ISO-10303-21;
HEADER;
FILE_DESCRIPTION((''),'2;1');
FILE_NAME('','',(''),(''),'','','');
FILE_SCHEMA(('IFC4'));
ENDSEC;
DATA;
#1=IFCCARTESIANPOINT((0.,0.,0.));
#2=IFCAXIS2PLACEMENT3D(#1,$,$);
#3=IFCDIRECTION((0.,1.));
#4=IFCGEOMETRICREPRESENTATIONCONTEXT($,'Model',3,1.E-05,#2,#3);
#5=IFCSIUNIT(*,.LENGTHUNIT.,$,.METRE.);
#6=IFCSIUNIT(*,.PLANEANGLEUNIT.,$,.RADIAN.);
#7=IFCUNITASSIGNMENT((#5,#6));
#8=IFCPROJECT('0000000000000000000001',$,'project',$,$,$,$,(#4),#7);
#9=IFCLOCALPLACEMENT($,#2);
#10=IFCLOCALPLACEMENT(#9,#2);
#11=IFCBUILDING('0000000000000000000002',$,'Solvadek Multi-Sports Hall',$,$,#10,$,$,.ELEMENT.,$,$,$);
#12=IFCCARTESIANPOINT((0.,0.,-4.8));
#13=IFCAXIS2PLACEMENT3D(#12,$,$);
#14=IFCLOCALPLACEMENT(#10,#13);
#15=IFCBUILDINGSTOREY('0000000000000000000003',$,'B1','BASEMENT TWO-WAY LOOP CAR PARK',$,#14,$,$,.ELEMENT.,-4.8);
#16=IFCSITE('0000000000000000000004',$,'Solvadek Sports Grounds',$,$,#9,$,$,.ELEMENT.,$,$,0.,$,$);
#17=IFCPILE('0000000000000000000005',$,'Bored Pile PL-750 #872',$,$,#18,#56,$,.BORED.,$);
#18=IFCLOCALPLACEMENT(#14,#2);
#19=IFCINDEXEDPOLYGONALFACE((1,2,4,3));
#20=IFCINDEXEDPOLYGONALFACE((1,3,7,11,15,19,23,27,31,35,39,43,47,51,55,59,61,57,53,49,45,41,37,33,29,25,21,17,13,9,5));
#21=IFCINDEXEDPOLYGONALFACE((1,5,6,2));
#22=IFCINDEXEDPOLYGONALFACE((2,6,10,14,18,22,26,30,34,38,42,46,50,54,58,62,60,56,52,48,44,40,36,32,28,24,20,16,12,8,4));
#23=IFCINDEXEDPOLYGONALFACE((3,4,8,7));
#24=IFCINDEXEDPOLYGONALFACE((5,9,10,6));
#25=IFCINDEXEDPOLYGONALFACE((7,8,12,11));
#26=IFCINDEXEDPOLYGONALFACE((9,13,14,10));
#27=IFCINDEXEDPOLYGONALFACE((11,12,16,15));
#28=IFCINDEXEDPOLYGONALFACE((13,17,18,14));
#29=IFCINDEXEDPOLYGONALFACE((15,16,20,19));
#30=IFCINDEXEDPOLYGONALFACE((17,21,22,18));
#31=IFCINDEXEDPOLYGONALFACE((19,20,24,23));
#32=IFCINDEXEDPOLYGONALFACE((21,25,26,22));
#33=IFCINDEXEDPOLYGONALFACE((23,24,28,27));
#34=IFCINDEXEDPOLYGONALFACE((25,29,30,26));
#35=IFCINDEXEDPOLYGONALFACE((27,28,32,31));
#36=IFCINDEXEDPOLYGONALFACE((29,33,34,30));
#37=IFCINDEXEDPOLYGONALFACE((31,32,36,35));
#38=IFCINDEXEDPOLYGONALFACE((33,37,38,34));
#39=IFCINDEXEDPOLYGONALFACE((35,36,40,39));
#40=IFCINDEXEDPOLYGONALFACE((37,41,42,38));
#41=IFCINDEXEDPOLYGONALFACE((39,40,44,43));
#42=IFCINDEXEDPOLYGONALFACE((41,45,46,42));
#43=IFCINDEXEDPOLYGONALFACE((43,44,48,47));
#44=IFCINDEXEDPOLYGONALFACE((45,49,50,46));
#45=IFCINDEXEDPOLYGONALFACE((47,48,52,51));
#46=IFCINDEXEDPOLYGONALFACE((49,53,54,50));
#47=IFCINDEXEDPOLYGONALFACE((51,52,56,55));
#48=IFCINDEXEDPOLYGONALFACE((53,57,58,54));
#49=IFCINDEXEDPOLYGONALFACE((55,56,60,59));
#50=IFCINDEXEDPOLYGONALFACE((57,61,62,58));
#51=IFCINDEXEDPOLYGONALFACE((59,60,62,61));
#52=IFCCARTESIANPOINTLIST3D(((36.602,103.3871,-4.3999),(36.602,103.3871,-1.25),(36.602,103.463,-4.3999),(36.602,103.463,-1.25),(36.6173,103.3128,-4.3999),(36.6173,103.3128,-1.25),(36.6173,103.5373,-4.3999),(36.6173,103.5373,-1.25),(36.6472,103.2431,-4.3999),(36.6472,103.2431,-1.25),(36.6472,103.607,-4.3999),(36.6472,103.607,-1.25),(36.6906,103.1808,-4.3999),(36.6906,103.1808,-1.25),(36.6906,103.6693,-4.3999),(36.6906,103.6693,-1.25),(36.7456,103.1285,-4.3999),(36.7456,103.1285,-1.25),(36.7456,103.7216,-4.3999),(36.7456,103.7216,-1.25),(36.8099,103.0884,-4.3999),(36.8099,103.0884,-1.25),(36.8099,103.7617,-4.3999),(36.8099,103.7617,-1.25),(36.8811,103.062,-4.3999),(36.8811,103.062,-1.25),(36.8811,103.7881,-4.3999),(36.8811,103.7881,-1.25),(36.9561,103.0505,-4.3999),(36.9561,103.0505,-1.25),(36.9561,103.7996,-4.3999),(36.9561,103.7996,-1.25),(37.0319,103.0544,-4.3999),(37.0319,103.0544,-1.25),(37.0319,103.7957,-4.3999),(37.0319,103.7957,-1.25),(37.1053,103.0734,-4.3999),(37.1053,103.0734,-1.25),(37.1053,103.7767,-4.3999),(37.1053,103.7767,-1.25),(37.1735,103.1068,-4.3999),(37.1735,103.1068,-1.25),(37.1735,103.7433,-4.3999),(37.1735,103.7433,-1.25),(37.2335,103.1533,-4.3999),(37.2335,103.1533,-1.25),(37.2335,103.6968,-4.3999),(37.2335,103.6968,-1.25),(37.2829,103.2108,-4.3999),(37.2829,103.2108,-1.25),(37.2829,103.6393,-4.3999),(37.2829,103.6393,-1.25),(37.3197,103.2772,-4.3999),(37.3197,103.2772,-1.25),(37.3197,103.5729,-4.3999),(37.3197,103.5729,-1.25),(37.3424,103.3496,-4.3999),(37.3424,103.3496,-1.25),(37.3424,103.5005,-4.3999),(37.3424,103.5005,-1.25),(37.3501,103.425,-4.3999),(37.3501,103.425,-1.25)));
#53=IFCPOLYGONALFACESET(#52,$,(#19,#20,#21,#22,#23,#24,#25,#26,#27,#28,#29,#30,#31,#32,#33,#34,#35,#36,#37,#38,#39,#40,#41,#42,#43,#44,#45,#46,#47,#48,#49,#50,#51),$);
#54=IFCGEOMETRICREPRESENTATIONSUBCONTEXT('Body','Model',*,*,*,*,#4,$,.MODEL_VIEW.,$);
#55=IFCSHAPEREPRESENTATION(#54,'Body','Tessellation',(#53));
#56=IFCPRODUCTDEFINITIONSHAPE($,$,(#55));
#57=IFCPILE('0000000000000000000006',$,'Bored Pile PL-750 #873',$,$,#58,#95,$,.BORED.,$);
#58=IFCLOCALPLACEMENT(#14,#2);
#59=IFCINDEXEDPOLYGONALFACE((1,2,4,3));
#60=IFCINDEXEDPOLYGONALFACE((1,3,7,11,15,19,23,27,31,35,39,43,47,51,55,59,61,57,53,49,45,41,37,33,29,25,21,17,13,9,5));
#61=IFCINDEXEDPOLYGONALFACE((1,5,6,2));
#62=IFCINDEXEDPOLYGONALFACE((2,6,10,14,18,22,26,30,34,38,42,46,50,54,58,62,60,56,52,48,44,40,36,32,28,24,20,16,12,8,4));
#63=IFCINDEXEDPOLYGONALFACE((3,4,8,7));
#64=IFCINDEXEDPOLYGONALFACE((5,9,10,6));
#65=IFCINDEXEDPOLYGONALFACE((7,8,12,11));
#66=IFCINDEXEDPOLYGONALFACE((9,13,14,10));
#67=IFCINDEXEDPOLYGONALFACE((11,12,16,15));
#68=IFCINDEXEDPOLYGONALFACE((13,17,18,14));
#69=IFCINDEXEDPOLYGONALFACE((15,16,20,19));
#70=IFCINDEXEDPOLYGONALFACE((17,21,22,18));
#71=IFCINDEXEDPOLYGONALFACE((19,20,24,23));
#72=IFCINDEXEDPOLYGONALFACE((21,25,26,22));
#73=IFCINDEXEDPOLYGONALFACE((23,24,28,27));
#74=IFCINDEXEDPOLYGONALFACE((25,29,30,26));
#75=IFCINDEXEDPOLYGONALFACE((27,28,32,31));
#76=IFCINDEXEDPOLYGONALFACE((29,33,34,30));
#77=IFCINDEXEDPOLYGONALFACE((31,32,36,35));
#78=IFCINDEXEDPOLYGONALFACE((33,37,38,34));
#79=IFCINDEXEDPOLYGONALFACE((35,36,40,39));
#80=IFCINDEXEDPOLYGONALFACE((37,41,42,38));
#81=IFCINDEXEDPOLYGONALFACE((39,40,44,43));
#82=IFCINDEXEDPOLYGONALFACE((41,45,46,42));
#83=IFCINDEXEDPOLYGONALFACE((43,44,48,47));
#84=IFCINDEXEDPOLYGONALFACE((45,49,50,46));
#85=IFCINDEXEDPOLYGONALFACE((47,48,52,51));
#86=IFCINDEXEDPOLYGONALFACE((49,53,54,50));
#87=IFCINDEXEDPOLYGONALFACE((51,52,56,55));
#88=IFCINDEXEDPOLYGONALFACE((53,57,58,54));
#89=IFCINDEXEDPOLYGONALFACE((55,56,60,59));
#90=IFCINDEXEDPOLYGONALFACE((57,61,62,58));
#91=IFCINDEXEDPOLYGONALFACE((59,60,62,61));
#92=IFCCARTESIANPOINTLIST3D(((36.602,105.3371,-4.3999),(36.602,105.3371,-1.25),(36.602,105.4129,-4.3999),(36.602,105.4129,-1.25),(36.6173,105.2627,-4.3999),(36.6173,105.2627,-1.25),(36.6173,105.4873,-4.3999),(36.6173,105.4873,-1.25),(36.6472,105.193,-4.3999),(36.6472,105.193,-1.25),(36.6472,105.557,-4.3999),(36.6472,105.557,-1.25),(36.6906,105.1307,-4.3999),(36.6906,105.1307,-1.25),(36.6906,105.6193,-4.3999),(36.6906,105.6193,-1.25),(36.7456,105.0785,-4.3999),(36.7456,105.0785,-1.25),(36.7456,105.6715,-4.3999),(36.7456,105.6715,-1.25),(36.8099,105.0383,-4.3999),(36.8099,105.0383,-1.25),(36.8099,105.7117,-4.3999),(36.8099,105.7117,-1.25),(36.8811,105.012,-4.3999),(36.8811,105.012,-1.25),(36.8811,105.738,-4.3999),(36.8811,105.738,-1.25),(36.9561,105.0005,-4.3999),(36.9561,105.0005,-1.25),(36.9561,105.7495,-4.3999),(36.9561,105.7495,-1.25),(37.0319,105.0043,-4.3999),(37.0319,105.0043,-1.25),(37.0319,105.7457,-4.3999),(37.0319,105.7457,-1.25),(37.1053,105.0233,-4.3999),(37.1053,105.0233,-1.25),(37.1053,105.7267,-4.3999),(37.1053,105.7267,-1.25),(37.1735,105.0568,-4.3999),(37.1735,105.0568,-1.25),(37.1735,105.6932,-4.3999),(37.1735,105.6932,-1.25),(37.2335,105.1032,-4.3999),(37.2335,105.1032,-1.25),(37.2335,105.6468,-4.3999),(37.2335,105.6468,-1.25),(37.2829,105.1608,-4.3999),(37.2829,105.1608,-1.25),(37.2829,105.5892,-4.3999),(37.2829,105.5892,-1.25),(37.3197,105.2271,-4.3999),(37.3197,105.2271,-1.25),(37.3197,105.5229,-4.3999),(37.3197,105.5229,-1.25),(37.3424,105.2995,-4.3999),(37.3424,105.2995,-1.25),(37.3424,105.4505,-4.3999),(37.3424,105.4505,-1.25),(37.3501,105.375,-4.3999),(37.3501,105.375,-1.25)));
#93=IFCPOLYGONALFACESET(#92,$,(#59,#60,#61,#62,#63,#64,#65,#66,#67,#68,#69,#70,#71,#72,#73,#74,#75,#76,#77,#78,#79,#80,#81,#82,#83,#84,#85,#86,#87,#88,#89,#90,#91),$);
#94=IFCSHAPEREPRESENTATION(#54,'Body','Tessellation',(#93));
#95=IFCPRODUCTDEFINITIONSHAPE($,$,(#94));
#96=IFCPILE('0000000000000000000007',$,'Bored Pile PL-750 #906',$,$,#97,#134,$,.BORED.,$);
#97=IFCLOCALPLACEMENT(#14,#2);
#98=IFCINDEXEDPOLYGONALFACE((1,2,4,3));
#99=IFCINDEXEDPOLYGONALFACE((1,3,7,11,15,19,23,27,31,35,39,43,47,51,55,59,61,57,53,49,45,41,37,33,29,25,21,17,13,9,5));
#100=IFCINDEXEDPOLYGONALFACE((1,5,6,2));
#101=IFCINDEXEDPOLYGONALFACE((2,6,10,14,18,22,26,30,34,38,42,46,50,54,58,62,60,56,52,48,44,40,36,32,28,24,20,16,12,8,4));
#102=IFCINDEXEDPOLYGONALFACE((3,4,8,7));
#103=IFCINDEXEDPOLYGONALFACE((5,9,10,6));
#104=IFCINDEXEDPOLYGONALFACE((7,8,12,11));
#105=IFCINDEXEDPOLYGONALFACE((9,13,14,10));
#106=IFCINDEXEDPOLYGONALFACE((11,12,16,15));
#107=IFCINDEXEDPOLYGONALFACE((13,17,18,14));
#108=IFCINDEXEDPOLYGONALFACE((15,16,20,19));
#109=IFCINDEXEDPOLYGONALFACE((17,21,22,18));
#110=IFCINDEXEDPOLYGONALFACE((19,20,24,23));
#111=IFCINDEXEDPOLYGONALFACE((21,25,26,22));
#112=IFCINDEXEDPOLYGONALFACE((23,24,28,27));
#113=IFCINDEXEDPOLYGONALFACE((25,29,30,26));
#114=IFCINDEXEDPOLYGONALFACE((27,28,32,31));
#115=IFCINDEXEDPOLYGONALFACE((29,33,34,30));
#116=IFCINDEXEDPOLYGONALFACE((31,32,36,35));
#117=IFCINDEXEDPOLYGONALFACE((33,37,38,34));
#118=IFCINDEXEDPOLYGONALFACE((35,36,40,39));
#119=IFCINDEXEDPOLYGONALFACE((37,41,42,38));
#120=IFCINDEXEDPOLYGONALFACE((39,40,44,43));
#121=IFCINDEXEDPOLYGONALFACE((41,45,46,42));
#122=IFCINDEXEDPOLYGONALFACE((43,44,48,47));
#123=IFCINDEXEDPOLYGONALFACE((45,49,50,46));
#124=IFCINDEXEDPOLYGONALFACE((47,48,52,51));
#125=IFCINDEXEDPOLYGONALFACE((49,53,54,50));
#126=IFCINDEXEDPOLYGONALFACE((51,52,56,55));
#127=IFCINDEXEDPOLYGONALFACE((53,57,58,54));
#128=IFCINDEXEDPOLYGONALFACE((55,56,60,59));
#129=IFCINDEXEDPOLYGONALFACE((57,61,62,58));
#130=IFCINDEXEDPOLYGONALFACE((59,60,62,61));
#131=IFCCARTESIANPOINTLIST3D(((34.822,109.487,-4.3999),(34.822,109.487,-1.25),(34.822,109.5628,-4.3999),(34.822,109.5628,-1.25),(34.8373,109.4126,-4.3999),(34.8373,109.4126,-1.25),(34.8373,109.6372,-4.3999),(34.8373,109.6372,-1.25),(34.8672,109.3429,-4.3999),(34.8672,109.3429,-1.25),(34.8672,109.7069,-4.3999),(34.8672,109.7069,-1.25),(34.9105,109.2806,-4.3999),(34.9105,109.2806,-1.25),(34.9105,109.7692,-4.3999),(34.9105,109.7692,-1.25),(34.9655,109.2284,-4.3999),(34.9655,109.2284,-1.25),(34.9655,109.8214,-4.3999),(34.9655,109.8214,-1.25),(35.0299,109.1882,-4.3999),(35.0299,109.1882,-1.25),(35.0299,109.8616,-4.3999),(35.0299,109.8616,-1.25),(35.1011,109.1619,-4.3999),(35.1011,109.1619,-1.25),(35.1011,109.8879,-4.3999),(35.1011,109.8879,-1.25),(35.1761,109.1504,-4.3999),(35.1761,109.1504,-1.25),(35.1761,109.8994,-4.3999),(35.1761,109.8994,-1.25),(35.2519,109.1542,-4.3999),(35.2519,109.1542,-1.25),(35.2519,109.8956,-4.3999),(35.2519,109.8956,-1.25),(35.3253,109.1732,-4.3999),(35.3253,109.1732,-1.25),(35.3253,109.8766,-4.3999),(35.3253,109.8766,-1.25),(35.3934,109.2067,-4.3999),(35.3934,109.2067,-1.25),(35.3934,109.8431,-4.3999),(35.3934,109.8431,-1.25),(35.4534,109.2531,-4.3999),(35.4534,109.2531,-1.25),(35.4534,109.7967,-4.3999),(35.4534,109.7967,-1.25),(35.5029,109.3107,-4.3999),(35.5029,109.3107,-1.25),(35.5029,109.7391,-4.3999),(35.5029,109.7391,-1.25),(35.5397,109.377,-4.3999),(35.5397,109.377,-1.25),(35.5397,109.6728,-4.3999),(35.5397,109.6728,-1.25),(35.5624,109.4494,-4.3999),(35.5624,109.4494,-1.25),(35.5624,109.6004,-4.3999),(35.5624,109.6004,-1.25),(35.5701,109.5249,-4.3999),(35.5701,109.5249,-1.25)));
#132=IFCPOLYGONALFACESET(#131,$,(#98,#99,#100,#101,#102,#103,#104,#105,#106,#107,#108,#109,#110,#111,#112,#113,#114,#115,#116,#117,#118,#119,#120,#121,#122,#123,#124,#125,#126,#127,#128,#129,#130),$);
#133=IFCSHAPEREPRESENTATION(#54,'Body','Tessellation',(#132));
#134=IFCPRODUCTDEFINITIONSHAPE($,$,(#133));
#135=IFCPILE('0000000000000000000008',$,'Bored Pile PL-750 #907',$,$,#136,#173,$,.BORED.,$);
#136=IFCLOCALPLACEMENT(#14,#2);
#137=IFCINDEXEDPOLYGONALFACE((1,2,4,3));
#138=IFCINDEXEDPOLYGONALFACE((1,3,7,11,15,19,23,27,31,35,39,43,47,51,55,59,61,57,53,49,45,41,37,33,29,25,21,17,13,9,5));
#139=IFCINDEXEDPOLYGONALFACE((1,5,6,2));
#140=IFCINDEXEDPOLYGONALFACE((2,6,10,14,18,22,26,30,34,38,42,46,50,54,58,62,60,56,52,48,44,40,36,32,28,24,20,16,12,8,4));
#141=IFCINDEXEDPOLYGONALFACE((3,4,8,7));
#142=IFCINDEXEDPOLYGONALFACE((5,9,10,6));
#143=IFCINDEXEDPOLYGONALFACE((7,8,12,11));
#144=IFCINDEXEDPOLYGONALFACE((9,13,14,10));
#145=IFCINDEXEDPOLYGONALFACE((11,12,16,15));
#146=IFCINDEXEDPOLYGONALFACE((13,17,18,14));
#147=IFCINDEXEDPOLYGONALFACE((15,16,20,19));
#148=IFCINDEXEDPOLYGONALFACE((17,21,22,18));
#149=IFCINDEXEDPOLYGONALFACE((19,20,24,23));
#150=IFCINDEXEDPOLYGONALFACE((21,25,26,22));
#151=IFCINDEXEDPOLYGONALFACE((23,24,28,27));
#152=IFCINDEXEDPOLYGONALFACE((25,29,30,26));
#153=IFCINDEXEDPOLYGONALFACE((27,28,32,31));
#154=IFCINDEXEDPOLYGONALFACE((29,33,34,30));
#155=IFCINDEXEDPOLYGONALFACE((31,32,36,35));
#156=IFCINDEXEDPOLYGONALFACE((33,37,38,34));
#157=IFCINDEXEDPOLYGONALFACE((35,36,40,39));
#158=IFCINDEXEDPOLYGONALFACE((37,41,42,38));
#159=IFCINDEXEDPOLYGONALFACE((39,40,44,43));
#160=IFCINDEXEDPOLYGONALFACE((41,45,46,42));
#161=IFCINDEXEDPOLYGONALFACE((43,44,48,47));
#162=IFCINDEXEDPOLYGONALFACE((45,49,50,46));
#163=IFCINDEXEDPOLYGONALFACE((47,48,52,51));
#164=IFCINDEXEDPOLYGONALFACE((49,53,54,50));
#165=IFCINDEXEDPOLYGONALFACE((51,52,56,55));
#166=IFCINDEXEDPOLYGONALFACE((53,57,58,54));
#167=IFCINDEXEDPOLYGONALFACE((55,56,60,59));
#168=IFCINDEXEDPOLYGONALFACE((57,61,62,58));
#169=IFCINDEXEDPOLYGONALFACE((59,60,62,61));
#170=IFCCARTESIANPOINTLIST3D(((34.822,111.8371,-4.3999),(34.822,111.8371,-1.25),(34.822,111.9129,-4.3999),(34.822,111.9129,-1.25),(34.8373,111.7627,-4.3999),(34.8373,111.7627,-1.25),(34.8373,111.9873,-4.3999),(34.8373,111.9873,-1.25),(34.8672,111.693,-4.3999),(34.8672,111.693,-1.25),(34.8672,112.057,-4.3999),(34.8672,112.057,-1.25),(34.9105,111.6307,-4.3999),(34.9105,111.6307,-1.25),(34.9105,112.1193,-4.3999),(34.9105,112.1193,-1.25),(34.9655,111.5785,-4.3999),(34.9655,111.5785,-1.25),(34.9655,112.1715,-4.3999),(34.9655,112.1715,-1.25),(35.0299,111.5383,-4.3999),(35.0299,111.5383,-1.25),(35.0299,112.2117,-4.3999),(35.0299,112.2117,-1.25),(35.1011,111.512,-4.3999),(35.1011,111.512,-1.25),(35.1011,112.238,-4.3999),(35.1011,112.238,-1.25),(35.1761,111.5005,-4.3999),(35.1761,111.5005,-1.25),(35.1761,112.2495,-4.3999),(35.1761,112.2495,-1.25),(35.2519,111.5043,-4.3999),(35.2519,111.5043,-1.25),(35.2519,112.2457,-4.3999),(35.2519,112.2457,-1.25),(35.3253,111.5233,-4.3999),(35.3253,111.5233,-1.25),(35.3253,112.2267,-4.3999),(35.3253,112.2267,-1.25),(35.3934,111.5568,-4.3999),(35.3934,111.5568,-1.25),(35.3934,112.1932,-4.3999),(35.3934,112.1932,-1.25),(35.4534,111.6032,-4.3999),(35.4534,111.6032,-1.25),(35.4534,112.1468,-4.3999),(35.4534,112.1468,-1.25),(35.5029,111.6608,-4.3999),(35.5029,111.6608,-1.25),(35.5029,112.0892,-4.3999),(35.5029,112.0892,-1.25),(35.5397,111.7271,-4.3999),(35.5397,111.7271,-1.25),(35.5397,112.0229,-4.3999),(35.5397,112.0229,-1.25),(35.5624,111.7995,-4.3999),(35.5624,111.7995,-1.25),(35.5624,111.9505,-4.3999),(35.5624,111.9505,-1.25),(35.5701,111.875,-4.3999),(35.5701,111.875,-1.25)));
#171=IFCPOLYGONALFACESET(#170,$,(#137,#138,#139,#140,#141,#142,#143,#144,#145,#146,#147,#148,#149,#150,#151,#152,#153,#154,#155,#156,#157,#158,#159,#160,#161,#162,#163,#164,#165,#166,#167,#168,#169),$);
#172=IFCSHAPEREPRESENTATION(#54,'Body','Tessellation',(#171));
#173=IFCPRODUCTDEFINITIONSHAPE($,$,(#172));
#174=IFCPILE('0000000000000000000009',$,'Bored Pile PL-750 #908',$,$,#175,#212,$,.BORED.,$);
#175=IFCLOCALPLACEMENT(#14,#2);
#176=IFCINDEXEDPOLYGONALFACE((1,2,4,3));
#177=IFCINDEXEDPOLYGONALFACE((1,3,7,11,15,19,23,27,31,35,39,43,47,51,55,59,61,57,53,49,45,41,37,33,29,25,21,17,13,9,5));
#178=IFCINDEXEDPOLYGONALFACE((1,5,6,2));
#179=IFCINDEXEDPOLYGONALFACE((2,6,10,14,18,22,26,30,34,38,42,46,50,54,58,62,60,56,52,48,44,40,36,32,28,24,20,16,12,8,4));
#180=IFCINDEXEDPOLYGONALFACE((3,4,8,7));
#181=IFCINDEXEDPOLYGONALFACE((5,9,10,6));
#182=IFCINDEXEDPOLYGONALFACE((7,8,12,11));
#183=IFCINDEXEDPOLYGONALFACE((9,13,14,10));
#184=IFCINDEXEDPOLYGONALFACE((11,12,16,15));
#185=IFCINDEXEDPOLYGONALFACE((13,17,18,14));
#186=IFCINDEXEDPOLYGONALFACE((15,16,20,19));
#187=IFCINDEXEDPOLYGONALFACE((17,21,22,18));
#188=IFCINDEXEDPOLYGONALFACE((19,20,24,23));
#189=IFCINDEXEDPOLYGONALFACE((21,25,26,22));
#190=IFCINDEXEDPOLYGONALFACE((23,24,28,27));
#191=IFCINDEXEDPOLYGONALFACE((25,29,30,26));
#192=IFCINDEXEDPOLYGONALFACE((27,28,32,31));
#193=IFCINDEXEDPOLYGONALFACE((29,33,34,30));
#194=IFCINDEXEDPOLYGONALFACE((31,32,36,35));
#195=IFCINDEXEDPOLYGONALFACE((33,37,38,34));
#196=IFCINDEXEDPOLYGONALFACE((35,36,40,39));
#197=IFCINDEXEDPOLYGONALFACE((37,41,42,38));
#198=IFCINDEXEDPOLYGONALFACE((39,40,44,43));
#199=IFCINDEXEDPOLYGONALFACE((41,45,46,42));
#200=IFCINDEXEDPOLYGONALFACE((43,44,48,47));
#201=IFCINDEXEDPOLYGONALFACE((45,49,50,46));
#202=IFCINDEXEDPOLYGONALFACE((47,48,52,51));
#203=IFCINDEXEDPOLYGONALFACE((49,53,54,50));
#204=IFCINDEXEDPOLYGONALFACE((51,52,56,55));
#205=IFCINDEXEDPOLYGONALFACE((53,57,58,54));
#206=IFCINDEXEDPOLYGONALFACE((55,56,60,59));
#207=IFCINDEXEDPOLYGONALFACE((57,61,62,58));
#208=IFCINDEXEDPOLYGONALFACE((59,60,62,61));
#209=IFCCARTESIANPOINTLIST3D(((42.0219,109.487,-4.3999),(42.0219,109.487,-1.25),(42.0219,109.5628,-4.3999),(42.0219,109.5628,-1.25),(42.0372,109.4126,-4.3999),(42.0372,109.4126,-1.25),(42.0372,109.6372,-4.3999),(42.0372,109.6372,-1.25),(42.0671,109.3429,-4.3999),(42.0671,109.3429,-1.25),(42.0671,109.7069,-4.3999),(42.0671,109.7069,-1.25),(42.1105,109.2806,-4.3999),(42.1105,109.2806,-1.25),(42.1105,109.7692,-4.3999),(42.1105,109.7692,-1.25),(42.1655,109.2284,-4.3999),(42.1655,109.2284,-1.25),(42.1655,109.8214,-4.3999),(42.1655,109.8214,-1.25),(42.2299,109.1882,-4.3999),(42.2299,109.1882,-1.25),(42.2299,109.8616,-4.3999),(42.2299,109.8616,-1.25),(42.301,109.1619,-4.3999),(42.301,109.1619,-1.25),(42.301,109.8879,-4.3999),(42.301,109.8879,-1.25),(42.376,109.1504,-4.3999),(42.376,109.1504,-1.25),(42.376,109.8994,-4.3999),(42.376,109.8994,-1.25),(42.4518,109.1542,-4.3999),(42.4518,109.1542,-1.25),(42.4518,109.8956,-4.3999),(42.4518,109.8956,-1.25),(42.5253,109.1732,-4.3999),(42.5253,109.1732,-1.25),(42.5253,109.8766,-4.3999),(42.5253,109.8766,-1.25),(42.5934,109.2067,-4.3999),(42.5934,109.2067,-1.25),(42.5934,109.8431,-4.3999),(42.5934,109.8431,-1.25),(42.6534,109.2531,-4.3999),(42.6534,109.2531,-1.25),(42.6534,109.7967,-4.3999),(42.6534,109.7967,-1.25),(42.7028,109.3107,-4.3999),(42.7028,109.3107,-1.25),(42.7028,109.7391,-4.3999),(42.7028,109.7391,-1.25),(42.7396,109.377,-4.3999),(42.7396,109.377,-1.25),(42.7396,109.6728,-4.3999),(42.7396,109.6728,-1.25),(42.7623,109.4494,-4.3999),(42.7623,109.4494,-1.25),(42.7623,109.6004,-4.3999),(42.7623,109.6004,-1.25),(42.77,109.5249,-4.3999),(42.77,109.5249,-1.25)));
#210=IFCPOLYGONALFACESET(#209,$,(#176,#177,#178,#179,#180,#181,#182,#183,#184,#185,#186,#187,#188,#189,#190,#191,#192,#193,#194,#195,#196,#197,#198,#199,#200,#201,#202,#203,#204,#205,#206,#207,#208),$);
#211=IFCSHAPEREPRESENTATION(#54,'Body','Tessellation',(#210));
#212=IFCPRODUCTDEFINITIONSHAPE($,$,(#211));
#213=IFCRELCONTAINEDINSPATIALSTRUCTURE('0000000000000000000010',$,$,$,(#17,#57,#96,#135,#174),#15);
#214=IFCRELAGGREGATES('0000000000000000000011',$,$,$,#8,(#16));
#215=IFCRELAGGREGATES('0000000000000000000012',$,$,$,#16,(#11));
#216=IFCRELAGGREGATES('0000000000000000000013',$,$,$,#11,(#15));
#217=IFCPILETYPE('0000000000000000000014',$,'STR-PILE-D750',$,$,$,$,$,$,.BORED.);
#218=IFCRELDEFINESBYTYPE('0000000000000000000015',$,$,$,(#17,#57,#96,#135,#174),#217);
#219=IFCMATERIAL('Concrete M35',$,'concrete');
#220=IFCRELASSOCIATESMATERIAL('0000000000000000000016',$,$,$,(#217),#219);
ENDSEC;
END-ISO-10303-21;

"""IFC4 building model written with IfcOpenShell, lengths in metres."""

from ifc_helpers import new_model, si_unit, direction, frame, origin, origin_2d, place, context, subcontext, project, spatial, circle, extrude, material, material_profile, profile_set, type_object, element, save


model = new_model("IFC4")

# Units and contexts
model_context = context("Model", 3, precision=1e-05, world=origin(), true_north=direction((0.0, 1.0)))
body_context = subcontext(model_context, "Body", "Model", "MODEL_VIEW")
ifc_project = project(units=[si_unit("LENGTHUNIT", "METRE"), si_unit("PLANEANGLEUNIT", "RADIAN")], contexts=[model_context])

# Site, building, storey
site_placement = place(None, origin())
site = spatial("IfcSite", under=ifc_project, at=site_placement, Name="Solvadek Sports Grounds", CompositionType="ELEMENT", RefElevation=0.0)
building_placement = place(site_placement, origin())
building = spatial("IfcBuilding", under=site, at=building_placement, Name="Solvadek Multi-Sports Hall", CompositionType="ELEMENT")
storey_placement = place(building_placement, frame((0.0, 0.0, -4.8)))
storey = spatial("IfcBuildingStorey", under=building, at=storey_placement, Name="B1", Description="BASEMENT TWO-WAY LOOP CAR PARK", CompositionType="ELEMENT", Elevation=-4.8)

# Piles
ifc_material_1 = material(Name="Concrete M35", Category="concrete")
ifc_material_profile_1 = material_profile(ifc_material_1, circle(Radius=0.375, at=origin_2d()), Name="BORED PILE D750")
ifc_profile_set_1 = profile_set([ifc_material_profile_1], Name="Concrete M35")
pile_type_1 = type_object("IfcPileType", Name="STR-PILE-D750", PredefinedType="BORED", material=ifc_profile_set_1)
for number, where, z_axis, x_axis, name in (
    (1, (36.9751, 103.425, -1.25), (0.0, 0.0, -1.0), (1.0, 0.0, 0.0), "Bored Pile PL-750 #872"),
    (2, (36.9751, 105.375, -1.25), (0.0, 0.0, -1.0), (1.0, 0.0, 0.0), "Bored Pile PL-750 #873"),
    (3, (35.1951, 109.5249, -1.25), (0.0, 0.0, -1.0), (1.0, 0.0, 0.0), "Bored Pile PL-750 #906"),
    (4, (35.1951, 111.875, -1.25), (0.0, 0.0, -1.0), (1.0, 0.0, 0.0), "Bored Pile PL-750 #907"),
    (5, (42.395, 109.5249, -1.25), (0.0, 0.0, -1.0), (1.0, 0.0, 0.0), "Bored Pile PL-750 #908"),
):
    element("IfcPile", number, at=place(storey_placement, frame(where, z_axis=z_axis, x_axis=x_axis)), inside=storey, type_object=pile_type_1, Name=name, PredefinedType="BORED", context=body_context, shape_type="SweptSolid", body=[
        extrude(circle(Radius=0.375, at=origin_2d()), origin(), (0.0, 0.0, 1.0), 3.1499),
    ])

save(model, "model.ifc")
